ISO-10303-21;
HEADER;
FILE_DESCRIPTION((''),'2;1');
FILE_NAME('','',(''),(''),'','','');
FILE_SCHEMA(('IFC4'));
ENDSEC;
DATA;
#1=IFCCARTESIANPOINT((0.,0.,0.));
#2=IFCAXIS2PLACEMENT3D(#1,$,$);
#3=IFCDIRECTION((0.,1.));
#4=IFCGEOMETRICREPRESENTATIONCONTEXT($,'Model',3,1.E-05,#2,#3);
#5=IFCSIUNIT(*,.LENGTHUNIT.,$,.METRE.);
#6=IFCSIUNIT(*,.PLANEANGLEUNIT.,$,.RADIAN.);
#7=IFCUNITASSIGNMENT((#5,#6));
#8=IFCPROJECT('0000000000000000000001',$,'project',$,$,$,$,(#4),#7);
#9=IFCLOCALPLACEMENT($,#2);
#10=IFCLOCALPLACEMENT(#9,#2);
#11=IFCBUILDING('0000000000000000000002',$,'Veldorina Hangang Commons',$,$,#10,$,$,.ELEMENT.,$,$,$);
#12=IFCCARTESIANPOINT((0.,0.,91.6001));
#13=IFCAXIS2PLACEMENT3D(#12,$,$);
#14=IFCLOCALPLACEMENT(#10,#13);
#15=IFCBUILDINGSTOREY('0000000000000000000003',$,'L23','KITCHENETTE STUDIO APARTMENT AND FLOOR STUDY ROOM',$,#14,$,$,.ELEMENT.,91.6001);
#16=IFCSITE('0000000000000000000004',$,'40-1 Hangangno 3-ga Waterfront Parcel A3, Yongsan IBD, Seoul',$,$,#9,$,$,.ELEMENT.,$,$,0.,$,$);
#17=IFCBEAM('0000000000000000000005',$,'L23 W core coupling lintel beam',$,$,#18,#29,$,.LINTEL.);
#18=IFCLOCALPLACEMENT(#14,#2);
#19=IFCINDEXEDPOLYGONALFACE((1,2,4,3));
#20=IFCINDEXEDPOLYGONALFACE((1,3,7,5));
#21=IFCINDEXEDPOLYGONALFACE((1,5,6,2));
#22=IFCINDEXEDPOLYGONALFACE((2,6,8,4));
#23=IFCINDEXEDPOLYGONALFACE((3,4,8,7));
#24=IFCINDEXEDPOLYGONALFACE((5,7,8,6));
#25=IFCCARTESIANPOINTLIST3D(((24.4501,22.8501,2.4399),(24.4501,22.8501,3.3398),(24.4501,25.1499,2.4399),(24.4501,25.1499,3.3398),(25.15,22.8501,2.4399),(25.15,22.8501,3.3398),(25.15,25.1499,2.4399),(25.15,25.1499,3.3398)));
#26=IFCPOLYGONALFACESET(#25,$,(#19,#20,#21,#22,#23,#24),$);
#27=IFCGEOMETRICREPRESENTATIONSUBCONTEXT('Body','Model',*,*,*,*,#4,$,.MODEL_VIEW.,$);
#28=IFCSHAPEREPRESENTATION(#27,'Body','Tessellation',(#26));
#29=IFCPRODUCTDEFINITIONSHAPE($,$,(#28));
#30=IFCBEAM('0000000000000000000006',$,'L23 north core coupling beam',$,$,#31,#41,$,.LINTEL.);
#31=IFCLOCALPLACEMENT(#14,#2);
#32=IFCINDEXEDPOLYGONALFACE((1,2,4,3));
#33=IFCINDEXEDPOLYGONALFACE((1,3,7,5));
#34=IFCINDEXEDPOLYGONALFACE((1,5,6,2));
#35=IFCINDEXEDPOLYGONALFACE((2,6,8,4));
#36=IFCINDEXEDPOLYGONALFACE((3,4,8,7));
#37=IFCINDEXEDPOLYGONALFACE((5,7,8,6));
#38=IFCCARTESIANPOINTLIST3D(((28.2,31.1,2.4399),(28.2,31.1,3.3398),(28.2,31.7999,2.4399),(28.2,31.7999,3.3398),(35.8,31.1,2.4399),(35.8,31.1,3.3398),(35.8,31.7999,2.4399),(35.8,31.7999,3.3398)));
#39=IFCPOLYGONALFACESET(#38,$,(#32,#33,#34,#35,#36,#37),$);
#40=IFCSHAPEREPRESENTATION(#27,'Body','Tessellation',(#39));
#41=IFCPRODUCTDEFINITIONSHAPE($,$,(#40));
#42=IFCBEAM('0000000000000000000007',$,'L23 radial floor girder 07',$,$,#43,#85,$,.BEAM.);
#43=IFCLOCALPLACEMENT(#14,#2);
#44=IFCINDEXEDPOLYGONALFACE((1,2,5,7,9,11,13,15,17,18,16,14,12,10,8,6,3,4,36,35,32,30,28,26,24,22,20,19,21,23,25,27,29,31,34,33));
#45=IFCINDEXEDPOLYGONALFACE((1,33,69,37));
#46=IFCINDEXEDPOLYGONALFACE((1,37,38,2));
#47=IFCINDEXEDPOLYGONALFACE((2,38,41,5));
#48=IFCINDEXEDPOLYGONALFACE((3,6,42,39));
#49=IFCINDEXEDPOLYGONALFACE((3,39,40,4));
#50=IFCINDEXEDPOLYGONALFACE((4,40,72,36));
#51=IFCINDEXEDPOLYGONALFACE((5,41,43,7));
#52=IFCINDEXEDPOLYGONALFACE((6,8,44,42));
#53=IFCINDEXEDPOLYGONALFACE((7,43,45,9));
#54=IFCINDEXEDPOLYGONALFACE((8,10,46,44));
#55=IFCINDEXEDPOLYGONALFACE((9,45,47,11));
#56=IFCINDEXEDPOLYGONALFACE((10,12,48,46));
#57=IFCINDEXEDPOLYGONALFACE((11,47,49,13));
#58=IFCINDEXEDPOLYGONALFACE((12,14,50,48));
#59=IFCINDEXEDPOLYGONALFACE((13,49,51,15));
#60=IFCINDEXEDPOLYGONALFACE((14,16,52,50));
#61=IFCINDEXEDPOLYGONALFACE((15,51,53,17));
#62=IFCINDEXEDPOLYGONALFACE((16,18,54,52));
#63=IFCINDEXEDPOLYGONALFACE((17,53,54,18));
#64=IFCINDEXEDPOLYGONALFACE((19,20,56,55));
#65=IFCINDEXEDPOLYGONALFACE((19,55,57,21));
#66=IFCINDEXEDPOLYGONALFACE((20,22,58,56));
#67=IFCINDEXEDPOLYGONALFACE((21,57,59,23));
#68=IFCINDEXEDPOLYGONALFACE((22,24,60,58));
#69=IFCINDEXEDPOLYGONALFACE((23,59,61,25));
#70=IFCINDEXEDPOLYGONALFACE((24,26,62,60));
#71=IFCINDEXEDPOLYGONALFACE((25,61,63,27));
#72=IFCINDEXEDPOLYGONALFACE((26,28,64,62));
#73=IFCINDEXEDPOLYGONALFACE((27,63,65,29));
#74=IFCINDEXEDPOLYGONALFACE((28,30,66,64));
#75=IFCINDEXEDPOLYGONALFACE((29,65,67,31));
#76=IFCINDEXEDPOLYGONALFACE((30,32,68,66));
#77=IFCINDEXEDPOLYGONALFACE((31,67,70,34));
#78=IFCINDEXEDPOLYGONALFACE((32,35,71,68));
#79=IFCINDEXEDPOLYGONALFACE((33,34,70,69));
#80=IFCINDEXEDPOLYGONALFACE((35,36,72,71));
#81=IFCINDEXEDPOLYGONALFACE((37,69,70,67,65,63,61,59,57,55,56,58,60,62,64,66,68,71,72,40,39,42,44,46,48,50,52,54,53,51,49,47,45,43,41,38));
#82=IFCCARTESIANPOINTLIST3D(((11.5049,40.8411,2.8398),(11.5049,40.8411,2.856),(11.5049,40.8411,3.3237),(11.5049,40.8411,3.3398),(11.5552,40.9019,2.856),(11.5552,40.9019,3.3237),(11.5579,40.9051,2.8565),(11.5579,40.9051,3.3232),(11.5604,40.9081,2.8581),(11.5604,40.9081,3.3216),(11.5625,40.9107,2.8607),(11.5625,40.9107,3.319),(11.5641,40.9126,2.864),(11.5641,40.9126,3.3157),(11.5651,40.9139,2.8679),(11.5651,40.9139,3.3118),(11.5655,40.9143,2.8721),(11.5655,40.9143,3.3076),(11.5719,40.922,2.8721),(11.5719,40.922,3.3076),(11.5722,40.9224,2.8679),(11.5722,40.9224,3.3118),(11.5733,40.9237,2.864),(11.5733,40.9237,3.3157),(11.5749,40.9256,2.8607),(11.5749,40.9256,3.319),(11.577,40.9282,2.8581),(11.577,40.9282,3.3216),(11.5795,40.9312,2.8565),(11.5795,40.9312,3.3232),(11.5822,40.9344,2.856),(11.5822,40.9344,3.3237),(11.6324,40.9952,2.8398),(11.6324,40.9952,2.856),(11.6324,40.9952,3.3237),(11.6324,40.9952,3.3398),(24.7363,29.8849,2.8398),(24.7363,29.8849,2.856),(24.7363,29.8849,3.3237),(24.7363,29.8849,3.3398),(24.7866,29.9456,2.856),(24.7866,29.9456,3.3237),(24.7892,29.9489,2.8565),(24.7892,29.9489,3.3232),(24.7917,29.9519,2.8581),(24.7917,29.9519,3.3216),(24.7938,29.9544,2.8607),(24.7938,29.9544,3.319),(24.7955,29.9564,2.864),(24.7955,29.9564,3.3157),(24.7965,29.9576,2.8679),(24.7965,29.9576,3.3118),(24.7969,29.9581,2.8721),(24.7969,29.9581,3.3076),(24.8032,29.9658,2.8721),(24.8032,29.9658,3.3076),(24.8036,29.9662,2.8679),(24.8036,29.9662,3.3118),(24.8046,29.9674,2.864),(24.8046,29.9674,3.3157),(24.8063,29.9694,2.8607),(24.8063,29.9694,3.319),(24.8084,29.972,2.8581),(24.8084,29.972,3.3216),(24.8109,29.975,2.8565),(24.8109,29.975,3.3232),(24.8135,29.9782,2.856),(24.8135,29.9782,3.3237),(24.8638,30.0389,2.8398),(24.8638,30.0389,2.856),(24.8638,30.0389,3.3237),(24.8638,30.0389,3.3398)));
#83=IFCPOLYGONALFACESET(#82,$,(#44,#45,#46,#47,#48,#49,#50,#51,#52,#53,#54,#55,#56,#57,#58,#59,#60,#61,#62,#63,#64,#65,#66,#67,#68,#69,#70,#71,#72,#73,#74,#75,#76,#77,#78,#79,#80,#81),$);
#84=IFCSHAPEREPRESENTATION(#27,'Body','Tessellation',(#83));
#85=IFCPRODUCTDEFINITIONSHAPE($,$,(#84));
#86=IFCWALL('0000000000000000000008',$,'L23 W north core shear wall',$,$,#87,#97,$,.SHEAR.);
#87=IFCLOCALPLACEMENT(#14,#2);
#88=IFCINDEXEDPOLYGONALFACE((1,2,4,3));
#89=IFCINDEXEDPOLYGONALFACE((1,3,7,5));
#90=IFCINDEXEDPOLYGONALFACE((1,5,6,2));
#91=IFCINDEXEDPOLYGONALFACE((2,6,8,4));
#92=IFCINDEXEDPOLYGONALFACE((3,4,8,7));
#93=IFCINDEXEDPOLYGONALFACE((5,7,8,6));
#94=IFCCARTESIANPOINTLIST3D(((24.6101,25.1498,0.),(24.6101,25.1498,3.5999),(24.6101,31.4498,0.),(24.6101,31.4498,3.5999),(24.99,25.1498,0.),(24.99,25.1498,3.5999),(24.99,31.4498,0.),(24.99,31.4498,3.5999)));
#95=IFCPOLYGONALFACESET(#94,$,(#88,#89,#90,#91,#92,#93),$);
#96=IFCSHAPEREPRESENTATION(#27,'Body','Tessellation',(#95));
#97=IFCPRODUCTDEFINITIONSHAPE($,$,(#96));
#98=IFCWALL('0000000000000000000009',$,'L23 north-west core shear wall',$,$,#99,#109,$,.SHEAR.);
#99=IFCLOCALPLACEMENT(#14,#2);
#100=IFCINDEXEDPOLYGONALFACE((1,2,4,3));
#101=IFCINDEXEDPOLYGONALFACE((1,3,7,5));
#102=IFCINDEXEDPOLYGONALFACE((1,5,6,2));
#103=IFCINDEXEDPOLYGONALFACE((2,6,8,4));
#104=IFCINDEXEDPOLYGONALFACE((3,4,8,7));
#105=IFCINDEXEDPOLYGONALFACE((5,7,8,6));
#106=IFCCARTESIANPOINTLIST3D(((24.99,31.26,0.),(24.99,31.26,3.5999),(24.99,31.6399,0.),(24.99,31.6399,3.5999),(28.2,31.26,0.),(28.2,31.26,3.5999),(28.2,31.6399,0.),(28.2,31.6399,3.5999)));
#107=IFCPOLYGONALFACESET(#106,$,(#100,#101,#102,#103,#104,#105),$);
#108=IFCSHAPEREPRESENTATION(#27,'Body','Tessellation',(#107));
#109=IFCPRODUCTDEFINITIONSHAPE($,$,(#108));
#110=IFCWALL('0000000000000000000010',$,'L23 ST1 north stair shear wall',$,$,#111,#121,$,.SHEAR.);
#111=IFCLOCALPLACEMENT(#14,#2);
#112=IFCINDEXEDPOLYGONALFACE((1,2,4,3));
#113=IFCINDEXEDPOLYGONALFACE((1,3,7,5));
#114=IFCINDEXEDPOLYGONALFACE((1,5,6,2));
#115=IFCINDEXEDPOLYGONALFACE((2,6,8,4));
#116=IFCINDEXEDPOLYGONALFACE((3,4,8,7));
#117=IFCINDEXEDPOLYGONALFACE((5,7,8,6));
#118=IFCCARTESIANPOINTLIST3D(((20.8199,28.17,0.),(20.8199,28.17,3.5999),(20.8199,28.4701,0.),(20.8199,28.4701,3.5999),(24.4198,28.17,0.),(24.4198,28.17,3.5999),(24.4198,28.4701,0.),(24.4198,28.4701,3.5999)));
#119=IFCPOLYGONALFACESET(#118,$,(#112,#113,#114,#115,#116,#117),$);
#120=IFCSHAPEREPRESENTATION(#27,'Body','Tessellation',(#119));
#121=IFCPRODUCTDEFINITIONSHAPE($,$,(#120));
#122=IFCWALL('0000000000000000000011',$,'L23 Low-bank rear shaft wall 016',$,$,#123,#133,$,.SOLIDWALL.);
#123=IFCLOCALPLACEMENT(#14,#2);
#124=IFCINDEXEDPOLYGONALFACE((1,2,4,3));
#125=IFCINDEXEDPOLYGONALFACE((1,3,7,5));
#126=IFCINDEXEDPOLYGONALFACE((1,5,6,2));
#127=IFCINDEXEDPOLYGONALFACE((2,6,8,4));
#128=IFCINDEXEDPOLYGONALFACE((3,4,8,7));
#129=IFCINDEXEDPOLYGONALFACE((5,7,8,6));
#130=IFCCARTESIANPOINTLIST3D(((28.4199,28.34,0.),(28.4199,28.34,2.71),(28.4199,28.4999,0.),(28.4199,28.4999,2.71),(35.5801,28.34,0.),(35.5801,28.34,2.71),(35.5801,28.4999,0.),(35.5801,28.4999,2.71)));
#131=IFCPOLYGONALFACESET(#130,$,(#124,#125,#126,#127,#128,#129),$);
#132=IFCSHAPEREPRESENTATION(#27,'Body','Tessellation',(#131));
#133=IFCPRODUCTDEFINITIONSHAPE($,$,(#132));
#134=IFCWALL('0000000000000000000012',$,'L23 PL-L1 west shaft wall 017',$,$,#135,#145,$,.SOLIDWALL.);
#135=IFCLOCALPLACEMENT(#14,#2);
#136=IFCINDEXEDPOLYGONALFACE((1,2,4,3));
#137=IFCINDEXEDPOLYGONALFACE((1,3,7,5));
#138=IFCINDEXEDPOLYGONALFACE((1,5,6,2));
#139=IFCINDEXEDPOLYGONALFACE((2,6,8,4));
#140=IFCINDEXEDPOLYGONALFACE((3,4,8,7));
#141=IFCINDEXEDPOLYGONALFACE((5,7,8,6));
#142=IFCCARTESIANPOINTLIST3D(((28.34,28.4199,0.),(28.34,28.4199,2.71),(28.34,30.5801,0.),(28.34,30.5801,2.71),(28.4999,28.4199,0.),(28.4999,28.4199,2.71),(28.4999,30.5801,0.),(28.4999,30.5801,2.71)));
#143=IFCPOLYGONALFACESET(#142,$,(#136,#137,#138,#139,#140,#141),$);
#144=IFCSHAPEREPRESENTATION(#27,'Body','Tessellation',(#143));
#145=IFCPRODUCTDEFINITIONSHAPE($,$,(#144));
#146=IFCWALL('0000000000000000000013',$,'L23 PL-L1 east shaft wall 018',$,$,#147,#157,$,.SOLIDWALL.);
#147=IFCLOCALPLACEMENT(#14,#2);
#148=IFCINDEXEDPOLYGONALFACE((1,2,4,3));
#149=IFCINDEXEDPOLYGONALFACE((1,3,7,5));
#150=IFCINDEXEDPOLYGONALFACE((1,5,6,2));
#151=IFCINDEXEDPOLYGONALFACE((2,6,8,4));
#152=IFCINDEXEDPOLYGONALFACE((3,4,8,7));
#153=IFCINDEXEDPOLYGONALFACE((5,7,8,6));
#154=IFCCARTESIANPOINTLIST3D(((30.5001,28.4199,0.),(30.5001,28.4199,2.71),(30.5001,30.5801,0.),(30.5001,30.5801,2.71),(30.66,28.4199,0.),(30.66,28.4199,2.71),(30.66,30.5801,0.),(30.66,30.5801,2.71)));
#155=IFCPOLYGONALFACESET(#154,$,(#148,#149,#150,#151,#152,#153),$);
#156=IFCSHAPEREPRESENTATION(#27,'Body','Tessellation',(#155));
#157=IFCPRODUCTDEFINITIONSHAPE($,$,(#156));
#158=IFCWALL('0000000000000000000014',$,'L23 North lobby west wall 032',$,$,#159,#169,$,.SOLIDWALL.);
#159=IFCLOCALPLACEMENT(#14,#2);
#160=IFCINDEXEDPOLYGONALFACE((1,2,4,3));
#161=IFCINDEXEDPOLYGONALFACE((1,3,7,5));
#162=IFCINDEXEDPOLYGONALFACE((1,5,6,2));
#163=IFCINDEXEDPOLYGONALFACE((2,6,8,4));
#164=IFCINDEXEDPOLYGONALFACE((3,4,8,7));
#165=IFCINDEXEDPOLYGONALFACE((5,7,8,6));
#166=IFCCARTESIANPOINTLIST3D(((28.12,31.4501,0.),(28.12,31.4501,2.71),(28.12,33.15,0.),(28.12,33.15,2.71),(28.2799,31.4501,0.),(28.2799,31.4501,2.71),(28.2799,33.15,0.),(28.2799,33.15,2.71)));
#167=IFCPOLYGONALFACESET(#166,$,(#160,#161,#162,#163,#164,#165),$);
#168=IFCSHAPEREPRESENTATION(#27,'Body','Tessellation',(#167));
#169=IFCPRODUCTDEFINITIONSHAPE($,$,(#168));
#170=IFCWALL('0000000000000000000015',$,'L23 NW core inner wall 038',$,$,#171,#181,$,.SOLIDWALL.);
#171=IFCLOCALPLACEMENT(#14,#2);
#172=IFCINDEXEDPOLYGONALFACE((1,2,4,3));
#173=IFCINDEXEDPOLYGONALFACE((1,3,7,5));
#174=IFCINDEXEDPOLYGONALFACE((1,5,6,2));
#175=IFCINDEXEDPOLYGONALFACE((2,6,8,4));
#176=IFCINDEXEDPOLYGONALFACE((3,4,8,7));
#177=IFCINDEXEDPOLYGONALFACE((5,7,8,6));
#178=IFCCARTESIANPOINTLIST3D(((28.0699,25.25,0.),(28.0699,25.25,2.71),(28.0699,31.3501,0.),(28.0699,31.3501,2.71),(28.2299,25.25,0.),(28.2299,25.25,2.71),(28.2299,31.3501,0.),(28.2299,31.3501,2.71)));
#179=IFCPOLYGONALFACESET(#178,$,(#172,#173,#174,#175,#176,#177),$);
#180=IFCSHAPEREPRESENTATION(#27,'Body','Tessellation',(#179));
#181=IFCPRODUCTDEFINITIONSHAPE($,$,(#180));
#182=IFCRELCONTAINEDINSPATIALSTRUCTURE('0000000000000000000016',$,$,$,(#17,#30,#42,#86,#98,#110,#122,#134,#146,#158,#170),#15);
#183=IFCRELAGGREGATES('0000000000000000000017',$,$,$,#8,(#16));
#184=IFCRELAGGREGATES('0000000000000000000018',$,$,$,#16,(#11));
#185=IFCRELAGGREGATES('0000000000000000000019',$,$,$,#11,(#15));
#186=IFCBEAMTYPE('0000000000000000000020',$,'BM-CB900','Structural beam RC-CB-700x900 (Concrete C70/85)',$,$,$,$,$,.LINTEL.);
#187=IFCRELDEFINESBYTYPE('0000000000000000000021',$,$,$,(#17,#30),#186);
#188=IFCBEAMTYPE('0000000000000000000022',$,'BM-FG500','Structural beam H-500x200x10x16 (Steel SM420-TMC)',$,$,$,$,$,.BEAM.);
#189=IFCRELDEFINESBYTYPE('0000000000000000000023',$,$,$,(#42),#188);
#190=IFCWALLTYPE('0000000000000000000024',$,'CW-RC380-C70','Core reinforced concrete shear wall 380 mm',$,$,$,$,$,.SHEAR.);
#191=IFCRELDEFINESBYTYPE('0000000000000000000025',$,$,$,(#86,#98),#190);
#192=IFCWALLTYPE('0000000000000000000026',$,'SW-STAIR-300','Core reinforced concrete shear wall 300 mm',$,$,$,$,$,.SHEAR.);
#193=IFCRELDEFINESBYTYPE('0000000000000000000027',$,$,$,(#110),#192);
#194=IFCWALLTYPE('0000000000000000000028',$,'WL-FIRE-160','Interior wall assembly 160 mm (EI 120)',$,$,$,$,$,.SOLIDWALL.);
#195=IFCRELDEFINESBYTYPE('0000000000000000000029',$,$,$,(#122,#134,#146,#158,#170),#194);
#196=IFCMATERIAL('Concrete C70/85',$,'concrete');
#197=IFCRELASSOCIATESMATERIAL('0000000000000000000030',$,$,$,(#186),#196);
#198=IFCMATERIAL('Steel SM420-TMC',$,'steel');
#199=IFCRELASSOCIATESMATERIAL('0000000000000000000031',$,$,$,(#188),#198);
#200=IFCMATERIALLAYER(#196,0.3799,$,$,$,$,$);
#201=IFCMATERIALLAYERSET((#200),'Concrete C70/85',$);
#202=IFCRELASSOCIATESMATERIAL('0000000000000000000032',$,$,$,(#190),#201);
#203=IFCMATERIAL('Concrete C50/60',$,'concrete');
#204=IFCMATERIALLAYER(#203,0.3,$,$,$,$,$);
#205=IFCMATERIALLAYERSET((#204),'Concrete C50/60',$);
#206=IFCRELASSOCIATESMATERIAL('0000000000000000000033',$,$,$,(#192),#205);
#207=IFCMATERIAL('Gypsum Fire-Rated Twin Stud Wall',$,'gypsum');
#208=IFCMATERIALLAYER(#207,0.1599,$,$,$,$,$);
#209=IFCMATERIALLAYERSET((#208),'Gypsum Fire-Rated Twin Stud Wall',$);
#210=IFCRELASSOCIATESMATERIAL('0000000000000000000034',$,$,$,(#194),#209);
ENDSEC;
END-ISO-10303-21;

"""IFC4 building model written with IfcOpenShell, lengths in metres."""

from ifc_helpers import new_model, si_unit, direction, frame, frame_2d, origin, origin_2d, place, context, subcontext, project, spatial, rectangle, i_section, extrude, material, layer, layer_set, material_profile, profile_set, type_object, element, save


model = new_model("IFC4")

# Units and contexts
model_context = context("Model", 3, precision=1e-05, world=origin(), true_north=direction((0.0, 1.0)))
body_context = subcontext(model_context, "Body", "Model", "MODEL_VIEW")
ifc_project = project(units=[si_unit("LENGTHUNIT", "METRE"), si_unit("PLANEANGLEUNIT", "RADIAN")], contexts=[model_context])

# Site, building, storey
site_placement = place(None, origin())
site = spatial("IfcSite", under=ifc_project, at=site_placement, Name="40-1 Hangangno 3-ga Waterfront Parcel A3, Yongsan IBD, Seoul", CompositionType="ELEMENT", RefElevation=0.0)
building_placement = place(site_placement, origin())
building = spatial("IfcBuilding", under=site, at=building_placement, Name="Veldorina Hangang Commons", CompositionType="ELEMENT")
storey_placement = place(building_placement, frame((0.0, 0.0, 91.6001)))
storey = spatial("IfcBuildingStorey", under=building, at=storey_placement, Name="L23", Description="KITCHENETTE STUDIO APARTMENT AND FLOOR STUDY ROOM", CompositionType="ELEMENT", Elevation=91.6001)

# Beams
ifc_material_1 = material(Name="Concrete C70/85", Category="concrete")
ifc_material_profile_1 = material_profile(ifc_material_1, rectangle(XDim=0.7, YDim=0.8999, at=origin_2d()), Name="RC-CB-700x900")
ifc_profile_set_1 = profile_set([ifc_material_profile_1], Name="Concrete C70/85")
beam_type_1 = type_object("IfcBeamType", Name="BM-CB900", Description="Structural beam RC-CB-700x900 (Concrete C70/85)", PredefinedType="LINTEL", material=ifc_profile_set_1)
beam_1_placement = place(storey_placement, frame((24.8, 22.8501, 2.8899), z_axis=(0.0, 1.0, 0.0), x_axis=(-1.0, 0.0, 0.0)))
element("IfcBeam", 1, at=beam_1_placement, inside=storey, type_object=beam_type_1, Name="L23 W core coupling lintel beam", PredefinedType="LINTEL", context=body_context, shape_type="SweptSolid", body=[
    extrude(rectangle(XDim=0.7, YDim=0.8999, at=origin_2d()), origin(), (0.0, 0.0, 1.0), 2.2998),
])
beam_2_placement = place(storey_placement, frame((28.2, 31.45, 2.8899), z_axis=(1.0, 0.0, 0.0), x_axis=(0.0, 1.0, 0.0)))
element("IfcBeam", 2, at=beam_2_placement, inside=storey, type_object=beam_type_1, Name="L23 north core coupling beam", PredefinedType="LINTEL", context=body_context, shape_type="SweptSolid", body=[
    extrude(rectangle(XDim=0.7, YDim=0.8999, at=origin_2d()), origin(), (0.0, 0.0, 1.0), 7.6001),
])
ifc_material_2 = material(Name="Steel SM420-TMC", Category="steel")
ifc_material_profile_2 = material_profile(ifc_material_2, i_section(OverallWidth=0.2, OverallDepth=0.5, WebThickness=0.01, FlangeThickness=0.0161, FilletRadius=0.0161, at=origin_2d()), Name="H-500x200x10x16")
ifc_profile_set_2 = profile_set([ifc_material_profile_2], Name="Steel SM420-TMC")
beam_type_2 = type_object("IfcBeamType", Name="BM-FG500", Description="Structural beam H-500x200x10x16 (Steel SM420-TMC)", PredefinedType="BEAM", material=ifc_profile_set_2)
beam_3_placement = place(storey_placement, frame((24.8, 29.9619, 3.0898), z_axis=(-0.770219, 0.63778, 0.0), x_axis=(-0.63778, -0.770219, 0.0)))
element("IfcBeam", 3, at=beam_3_placement, inside=storey, type_object=beam_type_2, Name="L23 radial floor girder 07", PredefinedType="BEAM", context=body_context, shape_type="SweptSolid", body=[
    extrude(i_section(OverallWidth=0.2, OverallDepth=0.5, WebThickness=0.01, FlangeThickness=0.0161, FilletRadius=0.0161, at=origin_2d()), origin(), (0.0, 0.0, 1.0), 17.1787),
])

# Walls
ifc_layer_1 = layer(ifc_material_1, 0.3799)
ifc_layer_set_1 = layer_set([ifc_layer_1], Name="Concrete C70/85")
wall_type_1 = type_object("IfcWallType", Name="CW-RC380-C70", Description="Core reinforced concrete shear wall 380 mm", PredefinedType="SHEAR", material=ifc_layer_set_1)
wall_1_placement = place(storey_placement, frame((24.8, 25.1499, 0.0), z_axis=(0.0, 0.0, 1.0), x_axis=(0.0, 1.0, 0.0)))
element("IfcWall", 4, at=wall_1_placement, inside=storey, type_object=wall_type_1, Name="L23 W north core shear wall", PredefinedType="SHEAR", context=body_context, shape_type="SweptSolid", body=[
    extrude(rectangle(XDim=6.3, YDim=0.3799, at=frame_2d((3.1499, 0.0))), origin(), (0.0, 0.0, 1.0), 3.5999),
])
wall_2_placement = place(storey_placement, frame((24.99, 31.45, 0.0), z_axis=(0.0, 0.0, 1.0), x_axis=(1.0, 0.0, 0.0)))
element("IfcWall", 5, at=wall_2_placement, inside=storey, type_object=wall_type_1, Name="L23 north-west core shear wall", PredefinedType="SHEAR", context=body_context, shape_type="SweptSolid", body=[
    extrude(rectangle(XDim=3.21, YDim=0.3799, at=frame_2d((1.605, 0.0))), origin(), (0.0, 0.0, 1.0), 3.5999),
])
ifc_material_3 = material(Name="Concrete C50/60", Category="concrete")
ifc_layer_2 = layer(ifc_material_3, 0.3)
ifc_layer_set_2 = layer_set([ifc_layer_2], Name="Concrete C50/60")
wall_type_2 = type_object("IfcWallType", Name="SW-STAIR-300", Description="Core reinforced concrete shear wall 300 mm", PredefinedType="SHEAR", material=ifc_layer_set_2)
wall_3_placement = place(storey_placement, frame((20.8201, 28.3201, 0.0), z_axis=(0.0, 0.0, 1.0), x_axis=(1.0, 0.0, 0.0)))
element("IfcWall", 6, at=wall_3_placement, inside=storey, type_object=wall_type_2, Name="L23 ST1 north stair shear wall", PredefinedType="SHEAR", context=body_context, shape_type="SweptSolid", body=[
    extrude(rectangle(XDim=3.5999, YDim=0.3, at=frame_2d((1.7998, 0.0))), origin(), (0.0, 0.0, 1.0), 3.5999),
])

# Shared definitions
ifc_material_4 = material(Name="Gypsum Fire-Rated Twin Stud Wall", Category="gypsum")
ifc_layer_3 = layer(ifc_material_4, 0.1599)
ifc_layer_set_3 = layer_set([ifc_layer_3], Name="Gypsum Fire-Rated Twin Stud Wall")
wall_type_3 = type_object("IfcWallType", Name="WL-FIRE-160", Description="Interior wall assembly 160 mm (EI 120)", PredefinedType="SOLIDWALL", material=ifc_layer_set_3)

# Walls
wall_4_placement = place(storey_placement, frame((28.4199, 28.4199, 0.0), z_axis=(0.0, 0.0, 1.0), x_axis=(1.0, 0.0, 0.0)))
element("IfcWall", 7, at=wall_4_placement, inside=storey, type_object=wall_type_3, Name="L23 Low-bank rear shaft wall 016", PredefinedType="SOLIDWALL", context=body_context, shape_type="SweptSolid", body=[
    extrude(rectangle(XDim=7.1602, YDim=0.1599, at=frame_2d((3.5801, 0.0))), origin(), (0.0, 0.0, 1.0), 2.71),
])
for number, where, z_axis, x_axis, name in (
    (8, (28.4199, 28.4199, 0.0), (0.0, 0.0, 1.0), (0.0, 1.0, 0.0), "L23 PL-L1 west shaft wall 017"),
    (9, (30.5801, 28.4199, 0.0), (0.0, 0.0, 1.0), (0.0, 1.0, 0.0), "L23 PL-L1 east shaft wall 018"),
):
    element("IfcWall", number, at=place(storey_placement, frame(where, z_axis=z_axis, x_axis=x_axis)), inside=storey, type_object=wall_type_3, Name=name, PredefinedType="SOLIDWALL", context=body_context, shape_type="SweptSolid", body=[
        extrude(rectangle(XDim=2.1602, YDim=0.1599, at=frame_2d((1.0801, 0.0))), origin(), (0.0, 0.0, 1.0), 2.71),
    ])
wall_5_placement = place(storey_placement, frame((28.2, 31.45, 0.0), z_axis=(0.0, 0.0, 1.0), x_axis=(0.0, 1.0, 0.0)))
element("IfcWall", 10, at=wall_5_placement, inside=storey, type_object=wall_type_3, Name="L23 North lobby west wall 032", PredefinedType="SOLIDWALL", context=body_context, shape_type="SweptSolid", body=[
    extrude(rectangle(XDim=1.7, YDim=0.1599, at=frame_2d((0.8501, 0.0))), origin(), (0.0, 0.0, 1.0), 2.71),
])
wall_6_placement = place(storey_placement, frame((28.1499, 25.25, 0.0), z_axis=(0.0, 0.0, 1.0), x_axis=(0.0, 1.0, 0.0)))
element("IfcWall", 11, at=wall_6_placement, inside=storey, type_object=wall_type_3, Name="L23 NW core inner wall 038", PredefinedType="SOLIDWALL", context=body_context, shape_type="SweptSolid", body=[
    extrude(rectangle(XDim=6.1001, YDim=0.1599, at=frame_2d((3.05, 0.0))), origin(), (0.0, 0.0, 1.0), 2.71),
])

save(model, "model.ifc")
